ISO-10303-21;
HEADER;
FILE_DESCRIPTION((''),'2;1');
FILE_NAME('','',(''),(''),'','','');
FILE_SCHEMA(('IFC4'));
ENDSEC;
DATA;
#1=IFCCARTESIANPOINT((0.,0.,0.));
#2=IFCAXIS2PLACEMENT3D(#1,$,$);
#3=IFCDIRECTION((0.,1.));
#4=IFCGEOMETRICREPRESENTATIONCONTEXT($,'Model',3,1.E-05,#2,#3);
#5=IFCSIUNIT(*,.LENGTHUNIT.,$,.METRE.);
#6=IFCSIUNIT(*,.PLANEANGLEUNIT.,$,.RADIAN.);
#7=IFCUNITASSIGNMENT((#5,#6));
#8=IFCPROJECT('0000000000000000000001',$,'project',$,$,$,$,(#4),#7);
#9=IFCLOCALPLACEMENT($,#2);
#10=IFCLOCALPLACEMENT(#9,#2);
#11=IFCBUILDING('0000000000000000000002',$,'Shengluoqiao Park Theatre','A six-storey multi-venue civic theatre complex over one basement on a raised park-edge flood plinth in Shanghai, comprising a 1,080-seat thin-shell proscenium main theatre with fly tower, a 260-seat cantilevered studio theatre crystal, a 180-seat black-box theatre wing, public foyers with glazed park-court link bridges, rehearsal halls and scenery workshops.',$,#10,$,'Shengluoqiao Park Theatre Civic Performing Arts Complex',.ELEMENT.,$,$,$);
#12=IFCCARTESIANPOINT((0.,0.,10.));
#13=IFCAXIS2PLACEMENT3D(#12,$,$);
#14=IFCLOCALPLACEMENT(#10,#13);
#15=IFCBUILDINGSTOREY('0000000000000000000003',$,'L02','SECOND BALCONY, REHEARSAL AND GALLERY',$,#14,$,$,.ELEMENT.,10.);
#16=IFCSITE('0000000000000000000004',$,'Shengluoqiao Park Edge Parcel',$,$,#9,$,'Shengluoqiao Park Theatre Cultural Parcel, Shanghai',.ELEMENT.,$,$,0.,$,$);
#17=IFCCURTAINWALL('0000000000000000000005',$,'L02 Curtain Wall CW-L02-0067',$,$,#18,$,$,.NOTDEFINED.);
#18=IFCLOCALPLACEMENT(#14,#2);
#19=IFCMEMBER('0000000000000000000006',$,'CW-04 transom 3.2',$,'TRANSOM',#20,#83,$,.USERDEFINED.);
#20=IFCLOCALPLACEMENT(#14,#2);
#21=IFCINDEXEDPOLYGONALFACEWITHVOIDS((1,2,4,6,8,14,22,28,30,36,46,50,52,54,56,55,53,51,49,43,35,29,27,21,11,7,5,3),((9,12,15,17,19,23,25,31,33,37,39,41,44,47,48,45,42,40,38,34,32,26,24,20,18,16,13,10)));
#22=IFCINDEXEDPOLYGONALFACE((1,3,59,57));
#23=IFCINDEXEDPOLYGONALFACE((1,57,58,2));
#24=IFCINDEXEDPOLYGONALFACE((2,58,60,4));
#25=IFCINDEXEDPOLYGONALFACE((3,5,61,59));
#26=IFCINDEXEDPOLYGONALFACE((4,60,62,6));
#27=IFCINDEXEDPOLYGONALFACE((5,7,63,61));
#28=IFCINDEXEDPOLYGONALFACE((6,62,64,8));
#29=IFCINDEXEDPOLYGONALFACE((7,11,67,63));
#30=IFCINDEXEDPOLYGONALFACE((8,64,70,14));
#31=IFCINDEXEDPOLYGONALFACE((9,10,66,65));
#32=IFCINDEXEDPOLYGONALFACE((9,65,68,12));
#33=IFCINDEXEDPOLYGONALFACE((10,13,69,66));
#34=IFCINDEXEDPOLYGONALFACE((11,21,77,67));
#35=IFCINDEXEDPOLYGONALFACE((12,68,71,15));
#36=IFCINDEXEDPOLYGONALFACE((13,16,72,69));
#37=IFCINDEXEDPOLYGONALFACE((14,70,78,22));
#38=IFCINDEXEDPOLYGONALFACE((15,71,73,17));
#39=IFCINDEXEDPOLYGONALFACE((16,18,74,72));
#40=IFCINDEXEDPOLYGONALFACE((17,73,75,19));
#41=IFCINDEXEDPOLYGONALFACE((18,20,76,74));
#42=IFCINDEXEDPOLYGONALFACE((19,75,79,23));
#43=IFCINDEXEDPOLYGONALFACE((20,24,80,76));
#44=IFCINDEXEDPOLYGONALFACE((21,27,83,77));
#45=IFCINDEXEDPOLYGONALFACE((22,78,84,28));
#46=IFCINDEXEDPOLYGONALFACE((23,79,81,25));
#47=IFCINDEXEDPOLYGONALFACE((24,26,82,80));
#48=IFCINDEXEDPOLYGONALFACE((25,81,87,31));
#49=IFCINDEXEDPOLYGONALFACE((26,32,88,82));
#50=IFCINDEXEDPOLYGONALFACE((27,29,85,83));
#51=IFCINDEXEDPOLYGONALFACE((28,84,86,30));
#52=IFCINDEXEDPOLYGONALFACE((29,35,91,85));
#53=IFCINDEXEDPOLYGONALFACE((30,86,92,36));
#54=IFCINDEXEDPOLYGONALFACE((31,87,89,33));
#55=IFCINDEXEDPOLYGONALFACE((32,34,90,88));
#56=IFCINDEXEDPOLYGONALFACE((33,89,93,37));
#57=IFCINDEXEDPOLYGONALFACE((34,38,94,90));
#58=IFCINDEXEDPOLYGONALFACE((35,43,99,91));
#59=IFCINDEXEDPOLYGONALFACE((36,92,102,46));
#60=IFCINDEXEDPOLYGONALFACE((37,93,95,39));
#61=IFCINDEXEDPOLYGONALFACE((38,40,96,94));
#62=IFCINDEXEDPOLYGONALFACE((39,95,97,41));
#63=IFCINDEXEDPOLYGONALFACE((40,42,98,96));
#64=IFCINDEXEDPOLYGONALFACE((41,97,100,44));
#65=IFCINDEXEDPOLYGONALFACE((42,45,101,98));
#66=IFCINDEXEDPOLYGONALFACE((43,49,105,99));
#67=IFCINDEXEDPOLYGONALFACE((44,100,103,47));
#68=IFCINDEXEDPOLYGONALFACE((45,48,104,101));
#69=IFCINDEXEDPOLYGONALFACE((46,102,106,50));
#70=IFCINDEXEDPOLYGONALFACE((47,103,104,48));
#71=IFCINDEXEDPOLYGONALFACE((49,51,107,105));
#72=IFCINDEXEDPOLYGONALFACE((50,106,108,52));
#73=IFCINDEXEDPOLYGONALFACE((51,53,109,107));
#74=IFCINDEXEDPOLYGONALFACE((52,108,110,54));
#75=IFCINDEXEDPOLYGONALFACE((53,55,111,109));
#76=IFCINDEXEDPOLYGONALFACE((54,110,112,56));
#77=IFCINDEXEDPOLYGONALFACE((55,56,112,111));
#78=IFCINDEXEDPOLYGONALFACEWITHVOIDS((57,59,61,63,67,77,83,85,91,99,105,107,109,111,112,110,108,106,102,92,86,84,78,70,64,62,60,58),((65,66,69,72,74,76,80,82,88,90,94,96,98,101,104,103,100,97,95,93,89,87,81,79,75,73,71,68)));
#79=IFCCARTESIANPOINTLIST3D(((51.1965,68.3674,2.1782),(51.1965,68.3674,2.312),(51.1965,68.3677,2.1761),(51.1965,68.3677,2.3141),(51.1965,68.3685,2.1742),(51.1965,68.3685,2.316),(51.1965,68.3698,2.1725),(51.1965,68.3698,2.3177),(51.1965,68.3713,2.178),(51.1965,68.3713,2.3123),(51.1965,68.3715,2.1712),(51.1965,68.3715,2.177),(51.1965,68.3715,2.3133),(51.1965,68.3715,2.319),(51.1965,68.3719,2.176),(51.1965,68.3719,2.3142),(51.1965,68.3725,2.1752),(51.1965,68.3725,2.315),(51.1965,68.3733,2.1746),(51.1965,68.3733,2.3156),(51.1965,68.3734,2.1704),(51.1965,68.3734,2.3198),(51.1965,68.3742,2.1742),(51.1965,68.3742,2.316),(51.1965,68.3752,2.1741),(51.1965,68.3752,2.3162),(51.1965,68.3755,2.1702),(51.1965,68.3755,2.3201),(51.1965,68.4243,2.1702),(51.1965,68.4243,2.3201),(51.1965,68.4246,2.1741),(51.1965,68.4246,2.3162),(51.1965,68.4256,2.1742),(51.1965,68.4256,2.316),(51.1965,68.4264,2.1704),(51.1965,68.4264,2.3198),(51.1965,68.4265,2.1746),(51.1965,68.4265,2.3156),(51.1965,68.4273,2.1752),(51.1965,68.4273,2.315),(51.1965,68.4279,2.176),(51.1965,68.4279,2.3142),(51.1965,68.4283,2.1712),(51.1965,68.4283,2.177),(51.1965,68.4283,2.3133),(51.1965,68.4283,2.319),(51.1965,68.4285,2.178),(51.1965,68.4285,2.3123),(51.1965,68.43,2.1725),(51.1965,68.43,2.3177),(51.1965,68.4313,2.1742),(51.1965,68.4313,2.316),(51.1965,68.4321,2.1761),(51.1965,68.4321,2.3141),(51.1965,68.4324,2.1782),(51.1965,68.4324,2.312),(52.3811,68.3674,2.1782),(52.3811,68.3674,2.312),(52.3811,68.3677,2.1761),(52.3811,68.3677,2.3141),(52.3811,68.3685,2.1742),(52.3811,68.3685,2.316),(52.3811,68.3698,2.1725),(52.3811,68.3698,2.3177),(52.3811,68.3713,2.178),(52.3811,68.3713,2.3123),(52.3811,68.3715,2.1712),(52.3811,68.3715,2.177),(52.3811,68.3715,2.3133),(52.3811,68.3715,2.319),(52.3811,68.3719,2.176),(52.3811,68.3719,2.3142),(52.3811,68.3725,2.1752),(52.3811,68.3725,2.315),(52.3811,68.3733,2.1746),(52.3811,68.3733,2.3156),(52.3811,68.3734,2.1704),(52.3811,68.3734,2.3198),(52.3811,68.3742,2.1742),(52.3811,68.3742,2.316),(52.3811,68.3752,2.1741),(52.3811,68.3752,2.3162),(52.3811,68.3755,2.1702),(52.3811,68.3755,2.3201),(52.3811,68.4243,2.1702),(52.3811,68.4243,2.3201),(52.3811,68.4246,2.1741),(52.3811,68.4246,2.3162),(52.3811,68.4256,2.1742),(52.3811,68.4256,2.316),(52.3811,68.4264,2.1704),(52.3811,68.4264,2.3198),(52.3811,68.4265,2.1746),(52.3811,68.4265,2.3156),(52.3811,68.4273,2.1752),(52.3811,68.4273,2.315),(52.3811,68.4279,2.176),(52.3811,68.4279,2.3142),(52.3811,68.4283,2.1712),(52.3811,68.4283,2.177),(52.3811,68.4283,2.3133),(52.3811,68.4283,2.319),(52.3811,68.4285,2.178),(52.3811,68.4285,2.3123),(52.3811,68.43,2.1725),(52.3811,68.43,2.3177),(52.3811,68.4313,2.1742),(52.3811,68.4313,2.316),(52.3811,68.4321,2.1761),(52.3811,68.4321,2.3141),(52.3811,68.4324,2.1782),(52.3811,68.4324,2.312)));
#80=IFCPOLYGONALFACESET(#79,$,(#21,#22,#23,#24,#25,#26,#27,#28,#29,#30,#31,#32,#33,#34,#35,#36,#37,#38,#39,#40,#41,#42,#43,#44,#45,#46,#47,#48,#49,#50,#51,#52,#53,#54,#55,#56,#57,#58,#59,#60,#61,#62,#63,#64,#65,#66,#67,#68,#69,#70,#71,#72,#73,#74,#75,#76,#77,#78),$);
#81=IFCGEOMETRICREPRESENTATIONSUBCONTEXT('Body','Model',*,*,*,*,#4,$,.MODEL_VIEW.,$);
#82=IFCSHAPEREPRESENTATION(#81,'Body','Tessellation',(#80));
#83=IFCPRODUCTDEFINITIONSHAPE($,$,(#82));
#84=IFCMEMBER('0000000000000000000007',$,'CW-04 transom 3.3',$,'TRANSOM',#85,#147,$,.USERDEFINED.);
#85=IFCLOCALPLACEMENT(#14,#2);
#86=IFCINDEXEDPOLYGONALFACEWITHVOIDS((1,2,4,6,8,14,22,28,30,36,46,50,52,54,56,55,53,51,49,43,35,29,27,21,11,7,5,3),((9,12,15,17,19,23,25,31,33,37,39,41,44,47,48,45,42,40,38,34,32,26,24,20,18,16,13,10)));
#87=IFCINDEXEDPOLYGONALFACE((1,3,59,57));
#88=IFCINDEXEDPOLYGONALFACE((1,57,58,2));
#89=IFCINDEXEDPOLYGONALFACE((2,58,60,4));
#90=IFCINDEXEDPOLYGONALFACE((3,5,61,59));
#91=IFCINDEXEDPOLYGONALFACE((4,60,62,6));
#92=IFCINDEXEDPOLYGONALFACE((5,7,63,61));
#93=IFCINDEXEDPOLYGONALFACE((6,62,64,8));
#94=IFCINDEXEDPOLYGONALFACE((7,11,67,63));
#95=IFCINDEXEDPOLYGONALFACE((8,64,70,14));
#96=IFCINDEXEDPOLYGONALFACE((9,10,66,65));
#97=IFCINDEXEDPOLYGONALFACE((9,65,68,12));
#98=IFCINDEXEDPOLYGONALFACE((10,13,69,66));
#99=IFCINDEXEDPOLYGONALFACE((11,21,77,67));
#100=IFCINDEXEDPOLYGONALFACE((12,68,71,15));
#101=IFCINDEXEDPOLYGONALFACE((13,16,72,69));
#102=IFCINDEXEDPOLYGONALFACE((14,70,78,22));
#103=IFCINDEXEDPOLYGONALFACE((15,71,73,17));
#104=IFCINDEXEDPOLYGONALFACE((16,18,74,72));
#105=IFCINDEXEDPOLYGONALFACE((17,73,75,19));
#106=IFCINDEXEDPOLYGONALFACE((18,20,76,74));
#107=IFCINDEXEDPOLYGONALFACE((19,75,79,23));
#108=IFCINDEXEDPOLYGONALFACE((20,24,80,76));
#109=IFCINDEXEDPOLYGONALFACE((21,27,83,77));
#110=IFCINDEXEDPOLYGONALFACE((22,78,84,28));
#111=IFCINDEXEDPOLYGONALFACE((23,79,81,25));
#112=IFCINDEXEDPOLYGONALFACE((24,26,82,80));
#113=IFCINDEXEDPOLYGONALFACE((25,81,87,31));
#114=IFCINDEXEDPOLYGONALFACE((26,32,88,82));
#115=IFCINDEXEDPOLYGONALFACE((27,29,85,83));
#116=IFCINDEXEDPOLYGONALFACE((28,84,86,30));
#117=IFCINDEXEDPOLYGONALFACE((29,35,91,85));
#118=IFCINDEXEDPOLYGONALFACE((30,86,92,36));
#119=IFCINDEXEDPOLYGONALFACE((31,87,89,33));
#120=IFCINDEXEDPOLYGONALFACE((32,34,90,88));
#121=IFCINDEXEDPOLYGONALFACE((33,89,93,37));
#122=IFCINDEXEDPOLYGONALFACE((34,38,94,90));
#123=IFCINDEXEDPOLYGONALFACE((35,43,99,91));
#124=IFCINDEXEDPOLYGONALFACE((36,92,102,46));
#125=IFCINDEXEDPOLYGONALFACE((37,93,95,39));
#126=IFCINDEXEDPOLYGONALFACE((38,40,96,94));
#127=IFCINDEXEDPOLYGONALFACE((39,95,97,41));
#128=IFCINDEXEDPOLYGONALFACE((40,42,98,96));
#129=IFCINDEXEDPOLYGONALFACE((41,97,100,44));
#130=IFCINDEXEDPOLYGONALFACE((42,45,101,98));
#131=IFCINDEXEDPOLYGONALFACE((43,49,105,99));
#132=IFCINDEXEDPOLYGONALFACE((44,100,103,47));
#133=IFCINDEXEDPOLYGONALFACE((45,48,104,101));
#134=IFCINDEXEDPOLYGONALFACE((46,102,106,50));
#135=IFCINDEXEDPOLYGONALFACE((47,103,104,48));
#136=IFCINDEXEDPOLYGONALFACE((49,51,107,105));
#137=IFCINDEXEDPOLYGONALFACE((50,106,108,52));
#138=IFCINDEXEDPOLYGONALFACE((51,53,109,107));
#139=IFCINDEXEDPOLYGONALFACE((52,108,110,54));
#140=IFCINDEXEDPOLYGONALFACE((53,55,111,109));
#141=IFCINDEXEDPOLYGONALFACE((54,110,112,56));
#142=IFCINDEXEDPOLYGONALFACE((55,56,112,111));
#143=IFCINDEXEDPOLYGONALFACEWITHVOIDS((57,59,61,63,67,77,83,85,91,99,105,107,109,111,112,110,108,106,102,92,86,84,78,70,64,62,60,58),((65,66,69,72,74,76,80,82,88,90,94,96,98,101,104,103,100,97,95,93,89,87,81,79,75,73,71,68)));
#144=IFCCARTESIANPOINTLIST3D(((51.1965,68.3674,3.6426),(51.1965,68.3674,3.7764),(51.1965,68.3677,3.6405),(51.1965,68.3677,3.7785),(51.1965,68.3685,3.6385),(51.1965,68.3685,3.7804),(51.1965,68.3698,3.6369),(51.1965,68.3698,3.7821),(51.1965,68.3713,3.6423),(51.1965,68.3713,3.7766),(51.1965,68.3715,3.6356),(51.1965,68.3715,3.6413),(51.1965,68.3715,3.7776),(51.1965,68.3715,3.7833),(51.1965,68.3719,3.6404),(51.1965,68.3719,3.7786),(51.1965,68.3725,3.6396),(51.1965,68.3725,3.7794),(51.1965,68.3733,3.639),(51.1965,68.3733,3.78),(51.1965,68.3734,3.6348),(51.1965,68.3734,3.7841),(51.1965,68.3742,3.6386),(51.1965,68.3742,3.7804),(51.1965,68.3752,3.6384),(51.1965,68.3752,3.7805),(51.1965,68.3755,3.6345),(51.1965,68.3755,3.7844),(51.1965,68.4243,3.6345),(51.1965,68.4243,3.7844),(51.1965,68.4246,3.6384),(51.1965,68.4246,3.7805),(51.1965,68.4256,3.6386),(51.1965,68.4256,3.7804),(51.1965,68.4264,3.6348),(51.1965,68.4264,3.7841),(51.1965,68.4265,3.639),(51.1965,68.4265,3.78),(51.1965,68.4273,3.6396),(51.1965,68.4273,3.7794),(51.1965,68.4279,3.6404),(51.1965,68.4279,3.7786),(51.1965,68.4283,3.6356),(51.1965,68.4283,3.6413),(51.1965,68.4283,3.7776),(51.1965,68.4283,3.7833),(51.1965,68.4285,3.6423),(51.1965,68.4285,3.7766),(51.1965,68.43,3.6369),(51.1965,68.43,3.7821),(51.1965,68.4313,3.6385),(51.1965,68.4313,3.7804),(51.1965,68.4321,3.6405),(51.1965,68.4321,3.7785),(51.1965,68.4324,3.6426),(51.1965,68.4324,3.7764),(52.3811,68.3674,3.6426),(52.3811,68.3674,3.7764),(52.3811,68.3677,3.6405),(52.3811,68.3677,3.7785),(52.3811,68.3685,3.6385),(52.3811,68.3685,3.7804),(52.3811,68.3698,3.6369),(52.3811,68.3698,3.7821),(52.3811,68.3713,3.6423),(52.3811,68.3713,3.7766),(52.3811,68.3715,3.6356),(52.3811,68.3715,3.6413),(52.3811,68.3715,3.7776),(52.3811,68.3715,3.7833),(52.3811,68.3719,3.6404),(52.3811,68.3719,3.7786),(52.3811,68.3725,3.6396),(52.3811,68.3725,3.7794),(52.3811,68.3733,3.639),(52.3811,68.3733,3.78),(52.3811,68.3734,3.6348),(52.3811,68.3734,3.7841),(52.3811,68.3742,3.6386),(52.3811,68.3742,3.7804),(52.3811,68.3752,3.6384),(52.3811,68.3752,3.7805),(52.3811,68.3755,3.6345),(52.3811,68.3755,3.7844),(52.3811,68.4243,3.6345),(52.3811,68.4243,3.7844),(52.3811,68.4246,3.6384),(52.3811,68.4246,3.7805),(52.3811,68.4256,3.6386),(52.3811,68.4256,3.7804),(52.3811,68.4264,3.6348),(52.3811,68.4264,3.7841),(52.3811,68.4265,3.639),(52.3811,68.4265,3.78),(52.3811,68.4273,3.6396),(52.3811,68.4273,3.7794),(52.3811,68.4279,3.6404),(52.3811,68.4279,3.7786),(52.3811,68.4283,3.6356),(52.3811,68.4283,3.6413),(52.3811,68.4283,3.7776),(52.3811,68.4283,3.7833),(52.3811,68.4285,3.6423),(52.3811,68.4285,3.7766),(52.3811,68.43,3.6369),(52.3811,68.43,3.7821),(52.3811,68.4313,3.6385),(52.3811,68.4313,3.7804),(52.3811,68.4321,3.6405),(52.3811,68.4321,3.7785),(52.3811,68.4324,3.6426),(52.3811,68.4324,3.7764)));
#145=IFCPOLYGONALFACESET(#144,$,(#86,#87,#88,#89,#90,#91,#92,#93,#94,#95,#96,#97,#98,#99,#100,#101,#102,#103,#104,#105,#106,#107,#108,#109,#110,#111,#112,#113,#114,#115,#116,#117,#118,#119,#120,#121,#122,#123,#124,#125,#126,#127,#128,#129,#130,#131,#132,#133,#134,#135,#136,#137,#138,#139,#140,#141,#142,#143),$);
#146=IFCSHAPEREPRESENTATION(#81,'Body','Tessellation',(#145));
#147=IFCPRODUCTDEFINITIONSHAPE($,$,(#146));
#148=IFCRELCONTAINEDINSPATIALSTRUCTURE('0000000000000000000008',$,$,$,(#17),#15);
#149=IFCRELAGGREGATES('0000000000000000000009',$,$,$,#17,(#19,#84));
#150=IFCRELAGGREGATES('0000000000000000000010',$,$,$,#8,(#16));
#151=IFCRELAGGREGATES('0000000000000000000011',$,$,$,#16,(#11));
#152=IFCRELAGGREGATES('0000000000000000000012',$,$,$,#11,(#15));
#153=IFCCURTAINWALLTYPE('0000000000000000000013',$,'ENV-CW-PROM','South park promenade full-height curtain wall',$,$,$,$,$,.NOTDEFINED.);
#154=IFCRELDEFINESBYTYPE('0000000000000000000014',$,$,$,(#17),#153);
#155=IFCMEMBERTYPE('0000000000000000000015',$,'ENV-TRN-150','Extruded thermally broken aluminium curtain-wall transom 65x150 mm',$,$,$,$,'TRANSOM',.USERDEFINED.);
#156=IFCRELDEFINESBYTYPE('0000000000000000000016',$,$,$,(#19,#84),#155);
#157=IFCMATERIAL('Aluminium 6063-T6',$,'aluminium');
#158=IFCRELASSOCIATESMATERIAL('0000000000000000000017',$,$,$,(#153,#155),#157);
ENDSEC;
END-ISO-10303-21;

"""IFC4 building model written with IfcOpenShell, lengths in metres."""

from ifc_helpers import new_model, si_unit, direction, frame, origin, origin_2d, place, context, subcontext, project, spatial, hollow_rectangle, extrude, material, material_profile, profile_set, type_object, element, aggregate, save


model = new_model("IFC4")

# Units and contexts
model_context = context("Model", 3, precision=1e-05, world=origin(), true_north=direction((0.0, 1.0)))
body_context = subcontext(model_context, "Body", "Model", "MODEL_VIEW")
ifc_project = project(units=[si_unit("LENGTHUNIT", "METRE"), si_unit("PLANEANGLEUNIT", "RADIAN")], contexts=[model_context])

# Site, building, storey
site_placement = place(None, origin())
site = spatial("IfcSite", under=ifc_project, at=site_placement, Name="Shengluoqiao Park Edge Parcel", LongName="Shengluoqiao Park Theatre Cultural Parcel, Shanghai", CompositionType="ELEMENT", RefElevation=0.0)
building_placement = place(site_placement, origin())
building = spatial("IfcBuilding", under=site, at=building_placement, Name="Shengluoqiao Park Theatre", Description="A six-storey multi-venue civic theatre complex over one basement on a raised park-edge flood plinth in Shanghai, comprising a 1,080-seat thin-shell proscenium main theatre with fly tower, a 260-seat cantilevered studio theatre crystal, a 180-seat black-box theatre wing, public foyers with glazed park-court link bridges, rehearsal halls and scenery workshops.", LongName="Shengluoqiao Park Theatre Civic Performing Arts Complex", CompositionType="ELEMENT")
storey_placement = place(building_placement, frame((0.0, 0.0, 10.0)))
storey = spatial("IfcBuildingStorey", under=building, at=storey_placement, Name="L02", Description="SECOND BALCONY, REHEARSAL AND GALLERY", CompositionType="ELEMENT", Elevation=10.0)

# Curtain wall
ifc_material_1 = material(Name="Aluminium 6063-T6", Category="aluminium")
curtain_wall_type = type_object("IfcCurtainWallType", Name="ENV-CW-PROM", Description="South park promenade full-height curtain wall", PredefinedType="NOTDEFINED", material=ifc_material_1)
curtain_wall_1_placement = place(storey_placement, origin())
curtain_wall_1 = element("IfcCurtainWall", 1, at=curtain_wall_1_placement, inside=storey, type_object=curtain_wall_type, Name="L02 Curtain Wall CW-L02-0067", PredefinedType="NOTDEFINED")

# Members
ifc_material_profile_1 = material_profile(ifc_material_1, hollow_rectangle(XDim=0.0649, YDim=0.1499, WallThickness=0.0039, InnerFilletRadius=0.0039, OuterFilletRadius=0.0081, at=origin_2d()), Name="ALU TRANSOM 150x65x4")
ifc_profile_set_1 = profile_set([ifc_material_profile_1], Name="Aluminium 6063-T6")
member_type_1 = type_object("IfcMemberType", Name="ENV-TRN-150", Description="Extruded thermally broken aluminium curtain-wall transom 65x150 mm", ElementType="TRANSOM", PredefinedType="USERDEFINED", material=ifc_profile_set_1)
member_1_placement = place(storey_placement, frame((51.1965, 68.3999, 2.2451), z_axis=(1.0, 0.0, 0.0), x_axis=(0.0, 1.0, 0.0)))
member_1 = element("IfcMember", 2, at=member_1_placement, type_object=member_type_1, Name="CW-04 transom 3.2", ObjectType="TRANSOM", PredefinedType="USERDEFINED", context=body_context, shape_type="SweptSolid", body=[
    extrude(hollow_rectangle(XDim=0.0649, YDim=0.1499, WallThickness=0.0039, InnerFilletRadius=0.0039, OuterFilletRadius=0.0081, at=origin_2d()), origin(), (0.0, 0.0, 1.0), 1.1846),
])
member_2_placement = place(storey_placement, frame((51.1965, 68.3999, 3.7095), z_axis=(1.0, 0.0, 0.0), x_axis=(0.0, 1.0, 0.0)))
member_2 = element("IfcMember", 3, at=member_2_placement, type_object=member_type_1, Name="CW-04 transom 3.3", ObjectType="TRANSOM", PredefinedType="USERDEFINED", context=body_context, shape_type="SweptSolid", body=[
    extrude(hollow_rectangle(XDim=0.0649, YDim=0.1499, WallThickness=0.0039, InnerFilletRadius=0.0039, OuterFilletRadius=0.0081, at=origin_2d()), origin(), (0.0, 0.0, 1.0), 1.1846),
])

aggregate(curtain_wall_1, [member_1, member_2])

save(model, "model.ifc")
